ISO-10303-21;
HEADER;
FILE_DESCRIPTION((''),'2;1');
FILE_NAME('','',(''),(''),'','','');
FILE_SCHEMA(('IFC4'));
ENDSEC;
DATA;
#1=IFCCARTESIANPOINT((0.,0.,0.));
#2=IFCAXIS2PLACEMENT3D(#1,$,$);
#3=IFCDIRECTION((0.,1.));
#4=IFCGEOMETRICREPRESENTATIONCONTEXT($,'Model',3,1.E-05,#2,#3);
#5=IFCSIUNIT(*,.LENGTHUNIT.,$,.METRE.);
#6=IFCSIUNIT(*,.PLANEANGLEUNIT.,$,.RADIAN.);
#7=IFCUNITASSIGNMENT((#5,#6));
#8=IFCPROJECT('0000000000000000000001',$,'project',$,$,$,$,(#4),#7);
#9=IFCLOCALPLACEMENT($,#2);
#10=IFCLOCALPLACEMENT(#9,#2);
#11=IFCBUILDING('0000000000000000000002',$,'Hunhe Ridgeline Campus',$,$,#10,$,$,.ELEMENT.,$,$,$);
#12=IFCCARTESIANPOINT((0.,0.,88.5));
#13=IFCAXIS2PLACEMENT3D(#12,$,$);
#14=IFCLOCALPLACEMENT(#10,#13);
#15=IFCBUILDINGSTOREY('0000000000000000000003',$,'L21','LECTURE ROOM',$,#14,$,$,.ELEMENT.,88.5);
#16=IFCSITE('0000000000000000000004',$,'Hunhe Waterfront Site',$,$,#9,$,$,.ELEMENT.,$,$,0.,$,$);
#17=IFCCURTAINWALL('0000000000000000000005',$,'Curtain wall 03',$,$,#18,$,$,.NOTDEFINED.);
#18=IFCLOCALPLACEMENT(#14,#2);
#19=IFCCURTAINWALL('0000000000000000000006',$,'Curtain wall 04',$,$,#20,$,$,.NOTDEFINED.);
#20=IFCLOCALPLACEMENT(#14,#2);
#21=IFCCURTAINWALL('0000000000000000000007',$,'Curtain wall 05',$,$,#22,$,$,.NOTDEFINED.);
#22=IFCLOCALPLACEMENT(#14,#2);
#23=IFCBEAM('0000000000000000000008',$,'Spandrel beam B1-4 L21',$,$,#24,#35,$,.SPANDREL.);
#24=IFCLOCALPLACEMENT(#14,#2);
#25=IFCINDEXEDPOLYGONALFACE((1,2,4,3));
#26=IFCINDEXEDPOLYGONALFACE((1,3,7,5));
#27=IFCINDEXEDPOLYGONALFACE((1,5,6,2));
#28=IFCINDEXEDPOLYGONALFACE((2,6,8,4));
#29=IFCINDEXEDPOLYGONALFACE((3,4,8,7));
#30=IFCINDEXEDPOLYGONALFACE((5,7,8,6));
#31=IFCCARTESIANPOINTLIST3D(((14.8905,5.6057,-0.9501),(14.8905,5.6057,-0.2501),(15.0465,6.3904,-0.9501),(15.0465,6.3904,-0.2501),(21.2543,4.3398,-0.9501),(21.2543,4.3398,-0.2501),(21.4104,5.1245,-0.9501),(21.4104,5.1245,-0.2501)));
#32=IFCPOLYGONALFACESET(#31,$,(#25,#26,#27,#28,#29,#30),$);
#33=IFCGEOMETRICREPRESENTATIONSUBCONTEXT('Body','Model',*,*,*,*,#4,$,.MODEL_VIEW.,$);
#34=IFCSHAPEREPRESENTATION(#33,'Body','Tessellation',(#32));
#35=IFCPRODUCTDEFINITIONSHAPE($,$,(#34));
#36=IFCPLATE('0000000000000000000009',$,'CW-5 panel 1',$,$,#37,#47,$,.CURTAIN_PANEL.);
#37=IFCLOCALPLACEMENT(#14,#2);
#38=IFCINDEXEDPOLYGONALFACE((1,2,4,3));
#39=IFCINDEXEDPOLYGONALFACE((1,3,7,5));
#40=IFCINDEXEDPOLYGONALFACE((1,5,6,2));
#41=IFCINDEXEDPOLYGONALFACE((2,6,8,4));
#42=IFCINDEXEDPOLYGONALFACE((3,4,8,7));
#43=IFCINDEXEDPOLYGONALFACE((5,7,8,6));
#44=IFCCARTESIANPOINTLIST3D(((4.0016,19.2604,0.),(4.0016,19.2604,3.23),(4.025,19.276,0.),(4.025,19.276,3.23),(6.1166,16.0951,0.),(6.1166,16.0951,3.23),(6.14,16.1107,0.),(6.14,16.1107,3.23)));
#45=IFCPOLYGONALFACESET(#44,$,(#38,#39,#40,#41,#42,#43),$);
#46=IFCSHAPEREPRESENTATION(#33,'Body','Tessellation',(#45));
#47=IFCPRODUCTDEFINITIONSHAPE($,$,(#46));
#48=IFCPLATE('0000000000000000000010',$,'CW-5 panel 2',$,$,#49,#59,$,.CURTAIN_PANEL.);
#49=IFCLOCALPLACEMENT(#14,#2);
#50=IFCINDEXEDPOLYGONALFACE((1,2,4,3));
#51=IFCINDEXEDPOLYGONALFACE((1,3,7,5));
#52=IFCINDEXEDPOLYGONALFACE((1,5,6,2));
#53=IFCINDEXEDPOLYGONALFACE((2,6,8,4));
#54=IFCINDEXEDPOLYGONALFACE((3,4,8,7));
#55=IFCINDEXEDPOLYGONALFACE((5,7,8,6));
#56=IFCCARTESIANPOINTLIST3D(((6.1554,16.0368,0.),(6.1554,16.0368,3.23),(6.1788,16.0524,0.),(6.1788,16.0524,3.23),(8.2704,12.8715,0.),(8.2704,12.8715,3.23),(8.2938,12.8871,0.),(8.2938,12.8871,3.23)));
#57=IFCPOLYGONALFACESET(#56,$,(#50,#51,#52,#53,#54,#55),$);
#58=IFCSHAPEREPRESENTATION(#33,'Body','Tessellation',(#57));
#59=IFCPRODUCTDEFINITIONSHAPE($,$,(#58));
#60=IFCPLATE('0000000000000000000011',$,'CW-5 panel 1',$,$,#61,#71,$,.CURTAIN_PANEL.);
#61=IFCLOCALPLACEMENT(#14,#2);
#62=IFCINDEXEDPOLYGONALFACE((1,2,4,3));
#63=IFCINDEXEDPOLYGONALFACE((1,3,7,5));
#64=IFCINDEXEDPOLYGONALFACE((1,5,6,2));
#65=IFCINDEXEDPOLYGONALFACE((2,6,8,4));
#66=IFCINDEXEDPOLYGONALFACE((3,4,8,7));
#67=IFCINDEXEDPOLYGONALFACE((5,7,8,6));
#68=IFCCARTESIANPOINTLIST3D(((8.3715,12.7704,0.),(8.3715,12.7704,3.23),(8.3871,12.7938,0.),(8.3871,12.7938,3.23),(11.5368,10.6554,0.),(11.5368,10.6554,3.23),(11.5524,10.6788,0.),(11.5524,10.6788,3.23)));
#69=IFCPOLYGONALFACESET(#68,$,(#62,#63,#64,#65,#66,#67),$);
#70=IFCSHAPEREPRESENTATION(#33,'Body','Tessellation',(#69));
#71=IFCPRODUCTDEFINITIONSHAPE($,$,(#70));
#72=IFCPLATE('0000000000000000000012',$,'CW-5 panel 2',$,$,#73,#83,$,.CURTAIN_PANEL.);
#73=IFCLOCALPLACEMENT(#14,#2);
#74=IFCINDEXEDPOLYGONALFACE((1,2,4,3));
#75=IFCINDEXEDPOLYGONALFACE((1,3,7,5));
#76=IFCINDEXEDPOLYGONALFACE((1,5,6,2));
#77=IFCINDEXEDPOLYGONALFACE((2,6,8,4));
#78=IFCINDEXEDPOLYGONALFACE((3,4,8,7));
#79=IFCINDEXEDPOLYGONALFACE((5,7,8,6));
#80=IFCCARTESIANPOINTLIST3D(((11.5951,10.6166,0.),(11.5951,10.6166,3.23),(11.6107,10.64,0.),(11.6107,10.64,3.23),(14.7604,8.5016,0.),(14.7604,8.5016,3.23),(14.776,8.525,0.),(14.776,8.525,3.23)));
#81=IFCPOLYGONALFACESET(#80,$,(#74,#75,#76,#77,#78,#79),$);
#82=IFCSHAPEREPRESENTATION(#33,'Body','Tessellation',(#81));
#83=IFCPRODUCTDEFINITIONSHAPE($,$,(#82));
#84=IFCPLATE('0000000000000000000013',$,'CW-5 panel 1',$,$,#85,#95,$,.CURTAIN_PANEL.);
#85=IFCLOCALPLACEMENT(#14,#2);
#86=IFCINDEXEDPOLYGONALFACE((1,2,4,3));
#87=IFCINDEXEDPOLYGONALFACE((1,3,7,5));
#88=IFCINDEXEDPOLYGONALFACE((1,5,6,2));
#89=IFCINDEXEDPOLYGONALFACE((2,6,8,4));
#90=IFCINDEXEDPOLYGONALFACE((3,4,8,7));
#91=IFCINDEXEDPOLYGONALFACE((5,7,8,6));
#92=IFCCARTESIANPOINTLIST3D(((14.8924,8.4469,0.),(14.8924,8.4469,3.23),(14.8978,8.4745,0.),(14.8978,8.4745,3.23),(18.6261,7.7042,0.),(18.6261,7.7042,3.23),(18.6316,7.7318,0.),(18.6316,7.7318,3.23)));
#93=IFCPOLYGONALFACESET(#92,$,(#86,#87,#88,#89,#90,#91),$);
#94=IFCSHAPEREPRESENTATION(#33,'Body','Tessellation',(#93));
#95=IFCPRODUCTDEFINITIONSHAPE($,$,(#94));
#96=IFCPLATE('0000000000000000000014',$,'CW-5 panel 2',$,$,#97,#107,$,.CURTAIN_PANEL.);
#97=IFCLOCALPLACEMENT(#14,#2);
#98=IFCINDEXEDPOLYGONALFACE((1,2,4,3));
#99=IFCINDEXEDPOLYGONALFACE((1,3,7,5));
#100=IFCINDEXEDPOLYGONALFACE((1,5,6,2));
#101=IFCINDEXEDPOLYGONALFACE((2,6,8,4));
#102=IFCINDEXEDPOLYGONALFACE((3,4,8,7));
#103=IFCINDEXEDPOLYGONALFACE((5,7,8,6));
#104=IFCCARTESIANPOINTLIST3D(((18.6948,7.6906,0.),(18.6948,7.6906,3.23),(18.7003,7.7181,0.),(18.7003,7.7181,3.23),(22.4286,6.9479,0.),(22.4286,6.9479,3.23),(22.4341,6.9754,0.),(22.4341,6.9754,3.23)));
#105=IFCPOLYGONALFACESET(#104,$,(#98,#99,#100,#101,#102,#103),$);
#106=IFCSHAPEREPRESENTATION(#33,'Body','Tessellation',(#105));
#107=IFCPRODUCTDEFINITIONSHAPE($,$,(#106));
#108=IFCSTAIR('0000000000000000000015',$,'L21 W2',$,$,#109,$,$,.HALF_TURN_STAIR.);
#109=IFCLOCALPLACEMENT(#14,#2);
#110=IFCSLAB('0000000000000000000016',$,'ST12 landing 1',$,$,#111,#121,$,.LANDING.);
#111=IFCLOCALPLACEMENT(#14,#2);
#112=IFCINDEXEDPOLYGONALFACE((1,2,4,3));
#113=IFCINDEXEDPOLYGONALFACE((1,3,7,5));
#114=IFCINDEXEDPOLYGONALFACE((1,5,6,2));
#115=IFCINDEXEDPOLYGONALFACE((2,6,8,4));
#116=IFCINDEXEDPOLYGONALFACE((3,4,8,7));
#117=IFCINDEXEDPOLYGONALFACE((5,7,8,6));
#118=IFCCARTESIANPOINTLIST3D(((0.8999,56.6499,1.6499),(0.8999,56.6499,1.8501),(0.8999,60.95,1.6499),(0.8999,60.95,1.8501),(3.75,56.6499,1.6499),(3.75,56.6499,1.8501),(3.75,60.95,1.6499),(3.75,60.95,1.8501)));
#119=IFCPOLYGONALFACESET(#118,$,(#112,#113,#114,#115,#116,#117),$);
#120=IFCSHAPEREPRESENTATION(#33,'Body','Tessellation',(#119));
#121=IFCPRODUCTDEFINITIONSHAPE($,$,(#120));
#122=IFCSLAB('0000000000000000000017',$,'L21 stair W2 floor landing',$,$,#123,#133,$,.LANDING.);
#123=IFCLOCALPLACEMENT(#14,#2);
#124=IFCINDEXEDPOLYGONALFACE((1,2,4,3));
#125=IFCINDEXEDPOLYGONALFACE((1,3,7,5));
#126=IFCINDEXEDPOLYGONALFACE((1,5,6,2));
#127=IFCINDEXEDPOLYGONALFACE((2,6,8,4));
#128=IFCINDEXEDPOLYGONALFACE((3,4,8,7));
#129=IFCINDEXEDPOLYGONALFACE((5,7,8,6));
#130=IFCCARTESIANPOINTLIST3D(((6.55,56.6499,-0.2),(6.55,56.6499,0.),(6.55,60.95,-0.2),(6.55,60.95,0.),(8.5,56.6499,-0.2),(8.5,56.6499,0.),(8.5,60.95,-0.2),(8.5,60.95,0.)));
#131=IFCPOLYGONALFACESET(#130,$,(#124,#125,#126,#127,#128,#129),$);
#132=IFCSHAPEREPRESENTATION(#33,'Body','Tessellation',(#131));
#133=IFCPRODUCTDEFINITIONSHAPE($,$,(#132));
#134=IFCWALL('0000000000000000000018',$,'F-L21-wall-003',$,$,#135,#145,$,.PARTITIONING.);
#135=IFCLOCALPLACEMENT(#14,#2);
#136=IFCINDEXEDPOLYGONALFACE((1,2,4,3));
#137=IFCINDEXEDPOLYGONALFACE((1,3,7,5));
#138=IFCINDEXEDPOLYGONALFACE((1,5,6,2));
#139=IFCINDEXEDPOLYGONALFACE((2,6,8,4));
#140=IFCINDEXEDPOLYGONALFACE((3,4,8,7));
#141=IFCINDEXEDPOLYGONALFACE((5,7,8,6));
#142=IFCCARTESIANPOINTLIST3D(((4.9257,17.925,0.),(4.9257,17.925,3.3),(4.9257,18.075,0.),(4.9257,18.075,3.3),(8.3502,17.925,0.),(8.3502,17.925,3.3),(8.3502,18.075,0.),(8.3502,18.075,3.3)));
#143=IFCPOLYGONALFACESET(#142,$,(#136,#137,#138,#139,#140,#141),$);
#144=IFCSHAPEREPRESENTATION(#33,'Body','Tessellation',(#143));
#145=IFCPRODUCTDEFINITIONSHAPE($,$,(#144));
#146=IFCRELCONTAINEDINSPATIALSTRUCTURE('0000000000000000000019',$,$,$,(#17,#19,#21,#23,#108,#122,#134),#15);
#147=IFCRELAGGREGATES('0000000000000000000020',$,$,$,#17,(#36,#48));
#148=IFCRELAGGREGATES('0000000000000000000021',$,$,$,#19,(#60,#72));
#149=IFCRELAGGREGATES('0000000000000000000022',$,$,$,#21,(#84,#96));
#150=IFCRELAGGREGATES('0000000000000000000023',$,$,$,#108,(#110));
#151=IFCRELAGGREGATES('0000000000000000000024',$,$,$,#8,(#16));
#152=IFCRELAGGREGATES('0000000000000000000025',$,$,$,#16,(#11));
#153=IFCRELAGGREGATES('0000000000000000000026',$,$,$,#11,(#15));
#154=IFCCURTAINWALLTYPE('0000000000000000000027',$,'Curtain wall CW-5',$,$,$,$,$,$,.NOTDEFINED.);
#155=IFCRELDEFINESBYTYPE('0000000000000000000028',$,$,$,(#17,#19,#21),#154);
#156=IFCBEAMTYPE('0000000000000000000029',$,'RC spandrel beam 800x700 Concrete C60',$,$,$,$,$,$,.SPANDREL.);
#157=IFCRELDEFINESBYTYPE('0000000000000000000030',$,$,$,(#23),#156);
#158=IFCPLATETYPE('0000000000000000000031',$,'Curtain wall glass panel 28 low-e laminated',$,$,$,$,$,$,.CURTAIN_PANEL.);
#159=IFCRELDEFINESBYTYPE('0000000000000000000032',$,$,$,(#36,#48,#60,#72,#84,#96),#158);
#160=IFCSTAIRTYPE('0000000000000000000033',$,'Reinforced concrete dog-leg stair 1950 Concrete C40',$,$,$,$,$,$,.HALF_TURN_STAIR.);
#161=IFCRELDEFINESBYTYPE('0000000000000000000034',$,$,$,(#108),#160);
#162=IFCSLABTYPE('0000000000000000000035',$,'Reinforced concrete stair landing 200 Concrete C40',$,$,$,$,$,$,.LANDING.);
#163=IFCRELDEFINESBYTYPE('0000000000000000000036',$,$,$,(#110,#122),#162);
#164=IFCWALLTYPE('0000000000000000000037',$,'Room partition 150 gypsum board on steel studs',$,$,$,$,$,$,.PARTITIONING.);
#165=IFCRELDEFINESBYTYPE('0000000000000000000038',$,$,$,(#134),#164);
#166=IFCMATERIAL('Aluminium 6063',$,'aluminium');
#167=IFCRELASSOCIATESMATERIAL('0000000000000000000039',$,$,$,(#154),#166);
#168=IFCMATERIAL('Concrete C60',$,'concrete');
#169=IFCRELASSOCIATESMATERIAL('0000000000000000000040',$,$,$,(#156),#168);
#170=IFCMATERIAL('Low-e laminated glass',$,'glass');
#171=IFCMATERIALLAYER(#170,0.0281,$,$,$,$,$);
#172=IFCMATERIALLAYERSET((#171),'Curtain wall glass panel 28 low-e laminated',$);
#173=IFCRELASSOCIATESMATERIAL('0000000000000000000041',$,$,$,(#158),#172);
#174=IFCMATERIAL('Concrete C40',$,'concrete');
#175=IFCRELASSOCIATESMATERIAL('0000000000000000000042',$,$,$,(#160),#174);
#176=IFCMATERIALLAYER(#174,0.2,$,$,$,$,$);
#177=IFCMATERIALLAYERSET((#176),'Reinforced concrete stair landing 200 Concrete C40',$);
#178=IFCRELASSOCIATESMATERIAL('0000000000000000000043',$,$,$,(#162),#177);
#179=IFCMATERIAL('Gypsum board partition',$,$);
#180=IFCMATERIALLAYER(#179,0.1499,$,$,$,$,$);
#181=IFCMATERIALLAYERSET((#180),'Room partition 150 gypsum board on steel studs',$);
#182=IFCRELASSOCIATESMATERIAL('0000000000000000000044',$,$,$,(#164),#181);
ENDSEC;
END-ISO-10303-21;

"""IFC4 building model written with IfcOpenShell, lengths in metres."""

from ifc_helpers import new_model, si_unit, direction, frame, frame_2d, origin, origin_2d, place, context, subcontext, project, spatial, polyline, rectangle, outline, extrude, material, layer, layer_set, material_profile, profile_set, type_object, element, aggregate, save


model = new_model("IFC4")

# Units and contexts
model_context = context("Model", 3, precision=1e-05, world=origin(), true_north=direction((0.0, 1.0)))
body_context = subcontext(model_context, "Body", "Model", "MODEL_VIEW")
ifc_project = project(units=[si_unit("LENGTHUNIT", "METRE"), si_unit("PLANEANGLEUNIT", "RADIAN")], contexts=[model_context])

# Site, building, storey
site_placement = place(None, origin())
site = spatial("IfcSite", under=ifc_project, at=site_placement, Name="Hunhe Waterfront Site", CompositionType="ELEMENT", RefElevation=0.0)
building_placement = place(site_placement, origin())
building = spatial("IfcBuilding", under=site, at=building_placement, Name="Hunhe Ridgeline Campus", CompositionType="ELEMENT")
storey_placement = place(building_placement, frame((0.0, 0.0, 88.5)))
storey = spatial("IfcBuildingStorey", under=building, at=storey_placement, Name="L21", Description="LECTURE ROOM", CompositionType="ELEMENT", Elevation=88.5)

# Curtain walls
ifc_material_1 = material(Name="Aluminium 6063", Category="aluminium")
curtain_wall_type = type_object("IfcCurtainWallType", Name="Curtain wall CW-5", PredefinedType="NOTDEFINED", material=ifc_material_1)
curtain_wall_1_placement = place(storey_placement, origin())
curtain_wall_1 = element("IfcCurtainWall", 1, at=curtain_wall_1_placement, inside=storey, type_object=curtain_wall_type, Name="Curtain wall 03", PredefinedType="NOTDEFINED")
curtain_wall_2_placement = place(storey_placement, origin())
curtain_wall_2 = element("IfcCurtainWall", 2, at=curtain_wall_2_placement, inside=storey, type_object=curtain_wall_type, Name="Curtain wall 04", PredefinedType="NOTDEFINED")
curtain_wall_3_placement = place(storey_placement, origin())
curtain_wall_3 = element("IfcCurtainWall", 3, at=curtain_wall_3_placement, inside=storey, type_object=curtain_wall_type, Name="Curtain wall 05", PredefinedType="NOTDEFINED")

# Beam
ifc_material_2 = material(Name="Concrete C60", Category="concrete")
ifc_material_profile_1 = material_profile(ifc_material_2, rectangle(XDim=0.8, YDim=0.7, at=origin_2d()))
ifc_profile_set_1 = profile_set([ifc_material_profile_1], Name="Concrete C60")
beam_type = type_object("IfcBeamType", Name="RC spandrel beam 800x700 Concrete C60", PredefinedType="SPANDREL", material=ifc_profile_set_1)
for number, where, z_axis, x_axis, name in (
    (4, (14.9685, 5.998, -0.6001), (0.980784, -0.195096, 0.0), (0.195096, 0.980784, 0.0), "Spandrel beam B1-4 L21"),
):
    element("IfcBeam", number, at=place(storey_placement, frame(where, z_axis=z_axis, x_axis=x_axis)), inside=storey, type_object=beam_type, Name=name, PredefinedType="SPANDREL", context=body_context, shape_type="SweptSolid", body=[
        extrude(rectangle(XDim=0.8, YDim=0.7, at=origin_2d()), origin(), (0.0, 0.0, 1.0), 6.4885),
    ])

# Plates
ifc_material_3 = material(Name="Low-e laminated glass", Category="glass")
ifc_layer_1 = layer(ifc_material_3, 0.0281)
ifc_layer_set_1 = layer_set([ifc_layer_1], Name="Curtain wall glass panel 28 low-e laminated")
plate_type = type_object("IfcPlateType", Name="Curtain wall glass panel 28 low-e laminated", PredefinedType="CURTAIN_PANEL", material=ifc_layer_set_1)
plate_1_placement = place(storey_placement, frame((5.0708, 17.6855, 0.0), z_axis=(0.0, 0.0, 1.0), x_axis=(0.55557, -0.83147, 0.0)))
plate_1 = element("IfcPlate", 5, at=plate_1_placement, type_object=plate_type, Name="CW-5 panel 1", PredefinedType="CURTAIN_PANEL", context=body_context, shape_type="SweptSolid", body=[
    extrude(rectangle(XDim=3.8069, YDim=0.0281, at=origin_2d()), origin(), (0.0, 0.0, 1.0), 3.23),
])
plate_2_placement = place(storey_placement, frame((7.2246, 14.4619, 0.0), z_axis=(0.0, 0.0, 1.0), x_axis=(0.55557, -0.83147, 0.0)))
plate_2 = element("IfcPlate", 6, at=plate_2_placement, type_object=plate_type, Name="CW-5 panel 2", PredefinedType="CURTAIN_PANEL", context=body_context, shape_type="SweptSolid", body=[
    extrude(rectangle(XDim=3.8069, YDim=0.0281, at=origin_2d()), origin(), (0.0, 0.0, 1.0), 3.23),
])
aggregate(curtain_wall_1, [plate_1, plate_2])
plate_3_placement = place(storey_placement, frame((9.9619, 11.7246, 0.0), z_axis=(0.0, 0.0, 1.0), x_axis=(0.83147, -0.55557, 0.0)))
plate_3 = element("IfcPlate", 7, at=plate_3_placement, type_object=plate_type, Name="CW-5 panel 1", PredefinedType="CURTAIN_PANEL", context=body_context, shape_type="SweptSolid", body=[
    extrude(rectangle(XDim=3.8069, YDim=0.0281, at=origin_2d()), origin(), (0.0, 0.0, 1.0), 3.23),
])
plate_4_placement = place(storey_placement, frame((13.1855, 9.5708, 0.0), z_axis=(0.0, 0.0, 1.0), x_axis=(0.83147, -0.55557, 0.0)))
plate_4 = element("IfcPlate", 8, at=plate_4_placement, type_object=plate_type, Name="CW-5 panel 2", PredefinedType="CURTAIN_PANEL", context=body_context, shape_type="SweptSolid", body=[
    extrude(rectangle(XDim=3.8069, YDim=0.0281, at=origin_2d()), origin(), (0.0, 0.0, 1.0), 3.23),
])
aggregate(curtain_wall_2, [plate_3, plate_4])
plate_5_placement = place(storey_placement, frame((16.762, 8.0894, 0.0), z_axis=(0.0, 0.0, 1.0), x_axis=(0.980785, -0.19509, 0.0)))
plate_5 = element("IfcPlate", 9, at=plate_5_placement, type_object=plate_type, Name="CW-5 panel 1", PredefinedType="CURTAIN_PANEL", context=body_context, shape_type="SweptSolid", body=[
    extrude(rectangle(XDim=3.8069, YDim=0.0281, at=origin_2d()), origin(), (0.0, 0.0, 1.0), 3.23),
])
plate_6_placement = place(storey_placement, frame((20.5645, 7.333, 0.0), z_axis=(0.0, 0.0, 1.0), x_axis=(0.980785, -0.19509, 0.0)))
plate_6 = element("IfcPlate", 10, at=plate_6_placement, type_object=plate_type, Name="CW-5 panel 2", PredefinedType="CURTAIN_PANEL", context=body_context, shape_type="SweptSolid", body=[
    extrude(rectangle(XDim=3.8069, YDim=0.0281, at=origin_2d()), origin(), (0.0, 0.0, 1.0), 3.23),
])
aggregate(curtain_wall_3, [plate_5, plate_6])

# Stair, slab
ifc_material_4 = material(Name="Concrete C40", Category="concrete")
stair_type = type_object("IfcStairType", Name="Reinforced concrete dog-leg stair 1950 Concrete C40", PredefinedType="HALF_TURN_STAIR", material=ifc_material_4)
stair_placement = place(storey_placement, origin())
stair = element("IfcStair", 11, at=stair_placement, inside=storey, type_object=stair_type, Name="L21 W2", PredefinedType="HALF_TURN_STAIR")
ifc_layer_2 = layer(ifc_material_4, 0.2)
ifc_layer_set_2 = layer_set([ifc_layer_2], Name="Reinforced concrete stair landing 200 Concrete C40")
slab_type = type_object("IfcSlabType", Name="Reinforced concrete stair landing 200 Concrete C40", PredefinedType="LANDING", material=ifc_layer_set_2)
slab_1_placement = place(storey_placement, frame((0.0, 0.0, 1.6499)))
slab_1 = element("IfcSlab", 12, at=slab_1_placement, type_object=slab_type, Name="ST12 landing 1", PredefinedType="LANDING", context=body_context, shape_type="SweptSolid", body=[
    extrude(outline(polyline([(3.75, 60.95), (0.8999, 60.95), (0.8999, 56.6499), (3.75, 56.6499), (3.75, 60.95)])), origin(), (0.0, 0.0, 1.0), 0.2002),
])
aggregate(stair, [slab_1])

# Slab
slab_2_placement = place(storey_placement, frame((0.0, 0.0, -0.2)))
element("IfcSlab", 13, at=slab_2_placement, inside=storey, type_object=slab_type, Name="L21 stair W2 floor landing", PredefinedType="LANDING", context=body_context, shape_type="SweptSolid", body=[
    extrude(outline(polyline([(8.5, 60.95), (6.55, 60.95), (6.55, 56.6499), (8.5, 56.6499), (8.5, 60.95)])), origin(), (0.0, 0.0, 1.0), 0.2),
])

# Shared definitions
ifc_material_5 = material(Name="Gypsum board partition")

# Wall
ifc_layer_3 = layer(ifc_material_5, 0.1499)
ifc_layer_set_3 = layer_set([ifc_layer_3], Name="Room partition 150 gypsum board on steel studs")
wall_type_1 = type_object("IfcWallType", Name="Room partition 150 gypsum board on steel studs", PredefinedType="PARTITIONING", material=ifc_layer_set_3)
wall_1_placement = place(storey_placement, frame((4.9255, 18.0, 0.0), z_axis=(0.0, 0.0, 1.0), x_axis=(1.0, 0.0, 0.0)))
element("IfcWall", 14, at=wall_1_placement, inside=storey, type_object=wall_type_1, Name="F-L21-wall-003", PredefinedType="PARTITIONING", context=body_context, shape_type="SweptSolid", body=[
    extrude(rectangle(XDim=3.4246, YDim=0.1499, at=frame_2d((1.7124, 0.0))), origin(), (0.0, 0.0, 1.0), 3.3),
])

save(model, "model.ifc")
